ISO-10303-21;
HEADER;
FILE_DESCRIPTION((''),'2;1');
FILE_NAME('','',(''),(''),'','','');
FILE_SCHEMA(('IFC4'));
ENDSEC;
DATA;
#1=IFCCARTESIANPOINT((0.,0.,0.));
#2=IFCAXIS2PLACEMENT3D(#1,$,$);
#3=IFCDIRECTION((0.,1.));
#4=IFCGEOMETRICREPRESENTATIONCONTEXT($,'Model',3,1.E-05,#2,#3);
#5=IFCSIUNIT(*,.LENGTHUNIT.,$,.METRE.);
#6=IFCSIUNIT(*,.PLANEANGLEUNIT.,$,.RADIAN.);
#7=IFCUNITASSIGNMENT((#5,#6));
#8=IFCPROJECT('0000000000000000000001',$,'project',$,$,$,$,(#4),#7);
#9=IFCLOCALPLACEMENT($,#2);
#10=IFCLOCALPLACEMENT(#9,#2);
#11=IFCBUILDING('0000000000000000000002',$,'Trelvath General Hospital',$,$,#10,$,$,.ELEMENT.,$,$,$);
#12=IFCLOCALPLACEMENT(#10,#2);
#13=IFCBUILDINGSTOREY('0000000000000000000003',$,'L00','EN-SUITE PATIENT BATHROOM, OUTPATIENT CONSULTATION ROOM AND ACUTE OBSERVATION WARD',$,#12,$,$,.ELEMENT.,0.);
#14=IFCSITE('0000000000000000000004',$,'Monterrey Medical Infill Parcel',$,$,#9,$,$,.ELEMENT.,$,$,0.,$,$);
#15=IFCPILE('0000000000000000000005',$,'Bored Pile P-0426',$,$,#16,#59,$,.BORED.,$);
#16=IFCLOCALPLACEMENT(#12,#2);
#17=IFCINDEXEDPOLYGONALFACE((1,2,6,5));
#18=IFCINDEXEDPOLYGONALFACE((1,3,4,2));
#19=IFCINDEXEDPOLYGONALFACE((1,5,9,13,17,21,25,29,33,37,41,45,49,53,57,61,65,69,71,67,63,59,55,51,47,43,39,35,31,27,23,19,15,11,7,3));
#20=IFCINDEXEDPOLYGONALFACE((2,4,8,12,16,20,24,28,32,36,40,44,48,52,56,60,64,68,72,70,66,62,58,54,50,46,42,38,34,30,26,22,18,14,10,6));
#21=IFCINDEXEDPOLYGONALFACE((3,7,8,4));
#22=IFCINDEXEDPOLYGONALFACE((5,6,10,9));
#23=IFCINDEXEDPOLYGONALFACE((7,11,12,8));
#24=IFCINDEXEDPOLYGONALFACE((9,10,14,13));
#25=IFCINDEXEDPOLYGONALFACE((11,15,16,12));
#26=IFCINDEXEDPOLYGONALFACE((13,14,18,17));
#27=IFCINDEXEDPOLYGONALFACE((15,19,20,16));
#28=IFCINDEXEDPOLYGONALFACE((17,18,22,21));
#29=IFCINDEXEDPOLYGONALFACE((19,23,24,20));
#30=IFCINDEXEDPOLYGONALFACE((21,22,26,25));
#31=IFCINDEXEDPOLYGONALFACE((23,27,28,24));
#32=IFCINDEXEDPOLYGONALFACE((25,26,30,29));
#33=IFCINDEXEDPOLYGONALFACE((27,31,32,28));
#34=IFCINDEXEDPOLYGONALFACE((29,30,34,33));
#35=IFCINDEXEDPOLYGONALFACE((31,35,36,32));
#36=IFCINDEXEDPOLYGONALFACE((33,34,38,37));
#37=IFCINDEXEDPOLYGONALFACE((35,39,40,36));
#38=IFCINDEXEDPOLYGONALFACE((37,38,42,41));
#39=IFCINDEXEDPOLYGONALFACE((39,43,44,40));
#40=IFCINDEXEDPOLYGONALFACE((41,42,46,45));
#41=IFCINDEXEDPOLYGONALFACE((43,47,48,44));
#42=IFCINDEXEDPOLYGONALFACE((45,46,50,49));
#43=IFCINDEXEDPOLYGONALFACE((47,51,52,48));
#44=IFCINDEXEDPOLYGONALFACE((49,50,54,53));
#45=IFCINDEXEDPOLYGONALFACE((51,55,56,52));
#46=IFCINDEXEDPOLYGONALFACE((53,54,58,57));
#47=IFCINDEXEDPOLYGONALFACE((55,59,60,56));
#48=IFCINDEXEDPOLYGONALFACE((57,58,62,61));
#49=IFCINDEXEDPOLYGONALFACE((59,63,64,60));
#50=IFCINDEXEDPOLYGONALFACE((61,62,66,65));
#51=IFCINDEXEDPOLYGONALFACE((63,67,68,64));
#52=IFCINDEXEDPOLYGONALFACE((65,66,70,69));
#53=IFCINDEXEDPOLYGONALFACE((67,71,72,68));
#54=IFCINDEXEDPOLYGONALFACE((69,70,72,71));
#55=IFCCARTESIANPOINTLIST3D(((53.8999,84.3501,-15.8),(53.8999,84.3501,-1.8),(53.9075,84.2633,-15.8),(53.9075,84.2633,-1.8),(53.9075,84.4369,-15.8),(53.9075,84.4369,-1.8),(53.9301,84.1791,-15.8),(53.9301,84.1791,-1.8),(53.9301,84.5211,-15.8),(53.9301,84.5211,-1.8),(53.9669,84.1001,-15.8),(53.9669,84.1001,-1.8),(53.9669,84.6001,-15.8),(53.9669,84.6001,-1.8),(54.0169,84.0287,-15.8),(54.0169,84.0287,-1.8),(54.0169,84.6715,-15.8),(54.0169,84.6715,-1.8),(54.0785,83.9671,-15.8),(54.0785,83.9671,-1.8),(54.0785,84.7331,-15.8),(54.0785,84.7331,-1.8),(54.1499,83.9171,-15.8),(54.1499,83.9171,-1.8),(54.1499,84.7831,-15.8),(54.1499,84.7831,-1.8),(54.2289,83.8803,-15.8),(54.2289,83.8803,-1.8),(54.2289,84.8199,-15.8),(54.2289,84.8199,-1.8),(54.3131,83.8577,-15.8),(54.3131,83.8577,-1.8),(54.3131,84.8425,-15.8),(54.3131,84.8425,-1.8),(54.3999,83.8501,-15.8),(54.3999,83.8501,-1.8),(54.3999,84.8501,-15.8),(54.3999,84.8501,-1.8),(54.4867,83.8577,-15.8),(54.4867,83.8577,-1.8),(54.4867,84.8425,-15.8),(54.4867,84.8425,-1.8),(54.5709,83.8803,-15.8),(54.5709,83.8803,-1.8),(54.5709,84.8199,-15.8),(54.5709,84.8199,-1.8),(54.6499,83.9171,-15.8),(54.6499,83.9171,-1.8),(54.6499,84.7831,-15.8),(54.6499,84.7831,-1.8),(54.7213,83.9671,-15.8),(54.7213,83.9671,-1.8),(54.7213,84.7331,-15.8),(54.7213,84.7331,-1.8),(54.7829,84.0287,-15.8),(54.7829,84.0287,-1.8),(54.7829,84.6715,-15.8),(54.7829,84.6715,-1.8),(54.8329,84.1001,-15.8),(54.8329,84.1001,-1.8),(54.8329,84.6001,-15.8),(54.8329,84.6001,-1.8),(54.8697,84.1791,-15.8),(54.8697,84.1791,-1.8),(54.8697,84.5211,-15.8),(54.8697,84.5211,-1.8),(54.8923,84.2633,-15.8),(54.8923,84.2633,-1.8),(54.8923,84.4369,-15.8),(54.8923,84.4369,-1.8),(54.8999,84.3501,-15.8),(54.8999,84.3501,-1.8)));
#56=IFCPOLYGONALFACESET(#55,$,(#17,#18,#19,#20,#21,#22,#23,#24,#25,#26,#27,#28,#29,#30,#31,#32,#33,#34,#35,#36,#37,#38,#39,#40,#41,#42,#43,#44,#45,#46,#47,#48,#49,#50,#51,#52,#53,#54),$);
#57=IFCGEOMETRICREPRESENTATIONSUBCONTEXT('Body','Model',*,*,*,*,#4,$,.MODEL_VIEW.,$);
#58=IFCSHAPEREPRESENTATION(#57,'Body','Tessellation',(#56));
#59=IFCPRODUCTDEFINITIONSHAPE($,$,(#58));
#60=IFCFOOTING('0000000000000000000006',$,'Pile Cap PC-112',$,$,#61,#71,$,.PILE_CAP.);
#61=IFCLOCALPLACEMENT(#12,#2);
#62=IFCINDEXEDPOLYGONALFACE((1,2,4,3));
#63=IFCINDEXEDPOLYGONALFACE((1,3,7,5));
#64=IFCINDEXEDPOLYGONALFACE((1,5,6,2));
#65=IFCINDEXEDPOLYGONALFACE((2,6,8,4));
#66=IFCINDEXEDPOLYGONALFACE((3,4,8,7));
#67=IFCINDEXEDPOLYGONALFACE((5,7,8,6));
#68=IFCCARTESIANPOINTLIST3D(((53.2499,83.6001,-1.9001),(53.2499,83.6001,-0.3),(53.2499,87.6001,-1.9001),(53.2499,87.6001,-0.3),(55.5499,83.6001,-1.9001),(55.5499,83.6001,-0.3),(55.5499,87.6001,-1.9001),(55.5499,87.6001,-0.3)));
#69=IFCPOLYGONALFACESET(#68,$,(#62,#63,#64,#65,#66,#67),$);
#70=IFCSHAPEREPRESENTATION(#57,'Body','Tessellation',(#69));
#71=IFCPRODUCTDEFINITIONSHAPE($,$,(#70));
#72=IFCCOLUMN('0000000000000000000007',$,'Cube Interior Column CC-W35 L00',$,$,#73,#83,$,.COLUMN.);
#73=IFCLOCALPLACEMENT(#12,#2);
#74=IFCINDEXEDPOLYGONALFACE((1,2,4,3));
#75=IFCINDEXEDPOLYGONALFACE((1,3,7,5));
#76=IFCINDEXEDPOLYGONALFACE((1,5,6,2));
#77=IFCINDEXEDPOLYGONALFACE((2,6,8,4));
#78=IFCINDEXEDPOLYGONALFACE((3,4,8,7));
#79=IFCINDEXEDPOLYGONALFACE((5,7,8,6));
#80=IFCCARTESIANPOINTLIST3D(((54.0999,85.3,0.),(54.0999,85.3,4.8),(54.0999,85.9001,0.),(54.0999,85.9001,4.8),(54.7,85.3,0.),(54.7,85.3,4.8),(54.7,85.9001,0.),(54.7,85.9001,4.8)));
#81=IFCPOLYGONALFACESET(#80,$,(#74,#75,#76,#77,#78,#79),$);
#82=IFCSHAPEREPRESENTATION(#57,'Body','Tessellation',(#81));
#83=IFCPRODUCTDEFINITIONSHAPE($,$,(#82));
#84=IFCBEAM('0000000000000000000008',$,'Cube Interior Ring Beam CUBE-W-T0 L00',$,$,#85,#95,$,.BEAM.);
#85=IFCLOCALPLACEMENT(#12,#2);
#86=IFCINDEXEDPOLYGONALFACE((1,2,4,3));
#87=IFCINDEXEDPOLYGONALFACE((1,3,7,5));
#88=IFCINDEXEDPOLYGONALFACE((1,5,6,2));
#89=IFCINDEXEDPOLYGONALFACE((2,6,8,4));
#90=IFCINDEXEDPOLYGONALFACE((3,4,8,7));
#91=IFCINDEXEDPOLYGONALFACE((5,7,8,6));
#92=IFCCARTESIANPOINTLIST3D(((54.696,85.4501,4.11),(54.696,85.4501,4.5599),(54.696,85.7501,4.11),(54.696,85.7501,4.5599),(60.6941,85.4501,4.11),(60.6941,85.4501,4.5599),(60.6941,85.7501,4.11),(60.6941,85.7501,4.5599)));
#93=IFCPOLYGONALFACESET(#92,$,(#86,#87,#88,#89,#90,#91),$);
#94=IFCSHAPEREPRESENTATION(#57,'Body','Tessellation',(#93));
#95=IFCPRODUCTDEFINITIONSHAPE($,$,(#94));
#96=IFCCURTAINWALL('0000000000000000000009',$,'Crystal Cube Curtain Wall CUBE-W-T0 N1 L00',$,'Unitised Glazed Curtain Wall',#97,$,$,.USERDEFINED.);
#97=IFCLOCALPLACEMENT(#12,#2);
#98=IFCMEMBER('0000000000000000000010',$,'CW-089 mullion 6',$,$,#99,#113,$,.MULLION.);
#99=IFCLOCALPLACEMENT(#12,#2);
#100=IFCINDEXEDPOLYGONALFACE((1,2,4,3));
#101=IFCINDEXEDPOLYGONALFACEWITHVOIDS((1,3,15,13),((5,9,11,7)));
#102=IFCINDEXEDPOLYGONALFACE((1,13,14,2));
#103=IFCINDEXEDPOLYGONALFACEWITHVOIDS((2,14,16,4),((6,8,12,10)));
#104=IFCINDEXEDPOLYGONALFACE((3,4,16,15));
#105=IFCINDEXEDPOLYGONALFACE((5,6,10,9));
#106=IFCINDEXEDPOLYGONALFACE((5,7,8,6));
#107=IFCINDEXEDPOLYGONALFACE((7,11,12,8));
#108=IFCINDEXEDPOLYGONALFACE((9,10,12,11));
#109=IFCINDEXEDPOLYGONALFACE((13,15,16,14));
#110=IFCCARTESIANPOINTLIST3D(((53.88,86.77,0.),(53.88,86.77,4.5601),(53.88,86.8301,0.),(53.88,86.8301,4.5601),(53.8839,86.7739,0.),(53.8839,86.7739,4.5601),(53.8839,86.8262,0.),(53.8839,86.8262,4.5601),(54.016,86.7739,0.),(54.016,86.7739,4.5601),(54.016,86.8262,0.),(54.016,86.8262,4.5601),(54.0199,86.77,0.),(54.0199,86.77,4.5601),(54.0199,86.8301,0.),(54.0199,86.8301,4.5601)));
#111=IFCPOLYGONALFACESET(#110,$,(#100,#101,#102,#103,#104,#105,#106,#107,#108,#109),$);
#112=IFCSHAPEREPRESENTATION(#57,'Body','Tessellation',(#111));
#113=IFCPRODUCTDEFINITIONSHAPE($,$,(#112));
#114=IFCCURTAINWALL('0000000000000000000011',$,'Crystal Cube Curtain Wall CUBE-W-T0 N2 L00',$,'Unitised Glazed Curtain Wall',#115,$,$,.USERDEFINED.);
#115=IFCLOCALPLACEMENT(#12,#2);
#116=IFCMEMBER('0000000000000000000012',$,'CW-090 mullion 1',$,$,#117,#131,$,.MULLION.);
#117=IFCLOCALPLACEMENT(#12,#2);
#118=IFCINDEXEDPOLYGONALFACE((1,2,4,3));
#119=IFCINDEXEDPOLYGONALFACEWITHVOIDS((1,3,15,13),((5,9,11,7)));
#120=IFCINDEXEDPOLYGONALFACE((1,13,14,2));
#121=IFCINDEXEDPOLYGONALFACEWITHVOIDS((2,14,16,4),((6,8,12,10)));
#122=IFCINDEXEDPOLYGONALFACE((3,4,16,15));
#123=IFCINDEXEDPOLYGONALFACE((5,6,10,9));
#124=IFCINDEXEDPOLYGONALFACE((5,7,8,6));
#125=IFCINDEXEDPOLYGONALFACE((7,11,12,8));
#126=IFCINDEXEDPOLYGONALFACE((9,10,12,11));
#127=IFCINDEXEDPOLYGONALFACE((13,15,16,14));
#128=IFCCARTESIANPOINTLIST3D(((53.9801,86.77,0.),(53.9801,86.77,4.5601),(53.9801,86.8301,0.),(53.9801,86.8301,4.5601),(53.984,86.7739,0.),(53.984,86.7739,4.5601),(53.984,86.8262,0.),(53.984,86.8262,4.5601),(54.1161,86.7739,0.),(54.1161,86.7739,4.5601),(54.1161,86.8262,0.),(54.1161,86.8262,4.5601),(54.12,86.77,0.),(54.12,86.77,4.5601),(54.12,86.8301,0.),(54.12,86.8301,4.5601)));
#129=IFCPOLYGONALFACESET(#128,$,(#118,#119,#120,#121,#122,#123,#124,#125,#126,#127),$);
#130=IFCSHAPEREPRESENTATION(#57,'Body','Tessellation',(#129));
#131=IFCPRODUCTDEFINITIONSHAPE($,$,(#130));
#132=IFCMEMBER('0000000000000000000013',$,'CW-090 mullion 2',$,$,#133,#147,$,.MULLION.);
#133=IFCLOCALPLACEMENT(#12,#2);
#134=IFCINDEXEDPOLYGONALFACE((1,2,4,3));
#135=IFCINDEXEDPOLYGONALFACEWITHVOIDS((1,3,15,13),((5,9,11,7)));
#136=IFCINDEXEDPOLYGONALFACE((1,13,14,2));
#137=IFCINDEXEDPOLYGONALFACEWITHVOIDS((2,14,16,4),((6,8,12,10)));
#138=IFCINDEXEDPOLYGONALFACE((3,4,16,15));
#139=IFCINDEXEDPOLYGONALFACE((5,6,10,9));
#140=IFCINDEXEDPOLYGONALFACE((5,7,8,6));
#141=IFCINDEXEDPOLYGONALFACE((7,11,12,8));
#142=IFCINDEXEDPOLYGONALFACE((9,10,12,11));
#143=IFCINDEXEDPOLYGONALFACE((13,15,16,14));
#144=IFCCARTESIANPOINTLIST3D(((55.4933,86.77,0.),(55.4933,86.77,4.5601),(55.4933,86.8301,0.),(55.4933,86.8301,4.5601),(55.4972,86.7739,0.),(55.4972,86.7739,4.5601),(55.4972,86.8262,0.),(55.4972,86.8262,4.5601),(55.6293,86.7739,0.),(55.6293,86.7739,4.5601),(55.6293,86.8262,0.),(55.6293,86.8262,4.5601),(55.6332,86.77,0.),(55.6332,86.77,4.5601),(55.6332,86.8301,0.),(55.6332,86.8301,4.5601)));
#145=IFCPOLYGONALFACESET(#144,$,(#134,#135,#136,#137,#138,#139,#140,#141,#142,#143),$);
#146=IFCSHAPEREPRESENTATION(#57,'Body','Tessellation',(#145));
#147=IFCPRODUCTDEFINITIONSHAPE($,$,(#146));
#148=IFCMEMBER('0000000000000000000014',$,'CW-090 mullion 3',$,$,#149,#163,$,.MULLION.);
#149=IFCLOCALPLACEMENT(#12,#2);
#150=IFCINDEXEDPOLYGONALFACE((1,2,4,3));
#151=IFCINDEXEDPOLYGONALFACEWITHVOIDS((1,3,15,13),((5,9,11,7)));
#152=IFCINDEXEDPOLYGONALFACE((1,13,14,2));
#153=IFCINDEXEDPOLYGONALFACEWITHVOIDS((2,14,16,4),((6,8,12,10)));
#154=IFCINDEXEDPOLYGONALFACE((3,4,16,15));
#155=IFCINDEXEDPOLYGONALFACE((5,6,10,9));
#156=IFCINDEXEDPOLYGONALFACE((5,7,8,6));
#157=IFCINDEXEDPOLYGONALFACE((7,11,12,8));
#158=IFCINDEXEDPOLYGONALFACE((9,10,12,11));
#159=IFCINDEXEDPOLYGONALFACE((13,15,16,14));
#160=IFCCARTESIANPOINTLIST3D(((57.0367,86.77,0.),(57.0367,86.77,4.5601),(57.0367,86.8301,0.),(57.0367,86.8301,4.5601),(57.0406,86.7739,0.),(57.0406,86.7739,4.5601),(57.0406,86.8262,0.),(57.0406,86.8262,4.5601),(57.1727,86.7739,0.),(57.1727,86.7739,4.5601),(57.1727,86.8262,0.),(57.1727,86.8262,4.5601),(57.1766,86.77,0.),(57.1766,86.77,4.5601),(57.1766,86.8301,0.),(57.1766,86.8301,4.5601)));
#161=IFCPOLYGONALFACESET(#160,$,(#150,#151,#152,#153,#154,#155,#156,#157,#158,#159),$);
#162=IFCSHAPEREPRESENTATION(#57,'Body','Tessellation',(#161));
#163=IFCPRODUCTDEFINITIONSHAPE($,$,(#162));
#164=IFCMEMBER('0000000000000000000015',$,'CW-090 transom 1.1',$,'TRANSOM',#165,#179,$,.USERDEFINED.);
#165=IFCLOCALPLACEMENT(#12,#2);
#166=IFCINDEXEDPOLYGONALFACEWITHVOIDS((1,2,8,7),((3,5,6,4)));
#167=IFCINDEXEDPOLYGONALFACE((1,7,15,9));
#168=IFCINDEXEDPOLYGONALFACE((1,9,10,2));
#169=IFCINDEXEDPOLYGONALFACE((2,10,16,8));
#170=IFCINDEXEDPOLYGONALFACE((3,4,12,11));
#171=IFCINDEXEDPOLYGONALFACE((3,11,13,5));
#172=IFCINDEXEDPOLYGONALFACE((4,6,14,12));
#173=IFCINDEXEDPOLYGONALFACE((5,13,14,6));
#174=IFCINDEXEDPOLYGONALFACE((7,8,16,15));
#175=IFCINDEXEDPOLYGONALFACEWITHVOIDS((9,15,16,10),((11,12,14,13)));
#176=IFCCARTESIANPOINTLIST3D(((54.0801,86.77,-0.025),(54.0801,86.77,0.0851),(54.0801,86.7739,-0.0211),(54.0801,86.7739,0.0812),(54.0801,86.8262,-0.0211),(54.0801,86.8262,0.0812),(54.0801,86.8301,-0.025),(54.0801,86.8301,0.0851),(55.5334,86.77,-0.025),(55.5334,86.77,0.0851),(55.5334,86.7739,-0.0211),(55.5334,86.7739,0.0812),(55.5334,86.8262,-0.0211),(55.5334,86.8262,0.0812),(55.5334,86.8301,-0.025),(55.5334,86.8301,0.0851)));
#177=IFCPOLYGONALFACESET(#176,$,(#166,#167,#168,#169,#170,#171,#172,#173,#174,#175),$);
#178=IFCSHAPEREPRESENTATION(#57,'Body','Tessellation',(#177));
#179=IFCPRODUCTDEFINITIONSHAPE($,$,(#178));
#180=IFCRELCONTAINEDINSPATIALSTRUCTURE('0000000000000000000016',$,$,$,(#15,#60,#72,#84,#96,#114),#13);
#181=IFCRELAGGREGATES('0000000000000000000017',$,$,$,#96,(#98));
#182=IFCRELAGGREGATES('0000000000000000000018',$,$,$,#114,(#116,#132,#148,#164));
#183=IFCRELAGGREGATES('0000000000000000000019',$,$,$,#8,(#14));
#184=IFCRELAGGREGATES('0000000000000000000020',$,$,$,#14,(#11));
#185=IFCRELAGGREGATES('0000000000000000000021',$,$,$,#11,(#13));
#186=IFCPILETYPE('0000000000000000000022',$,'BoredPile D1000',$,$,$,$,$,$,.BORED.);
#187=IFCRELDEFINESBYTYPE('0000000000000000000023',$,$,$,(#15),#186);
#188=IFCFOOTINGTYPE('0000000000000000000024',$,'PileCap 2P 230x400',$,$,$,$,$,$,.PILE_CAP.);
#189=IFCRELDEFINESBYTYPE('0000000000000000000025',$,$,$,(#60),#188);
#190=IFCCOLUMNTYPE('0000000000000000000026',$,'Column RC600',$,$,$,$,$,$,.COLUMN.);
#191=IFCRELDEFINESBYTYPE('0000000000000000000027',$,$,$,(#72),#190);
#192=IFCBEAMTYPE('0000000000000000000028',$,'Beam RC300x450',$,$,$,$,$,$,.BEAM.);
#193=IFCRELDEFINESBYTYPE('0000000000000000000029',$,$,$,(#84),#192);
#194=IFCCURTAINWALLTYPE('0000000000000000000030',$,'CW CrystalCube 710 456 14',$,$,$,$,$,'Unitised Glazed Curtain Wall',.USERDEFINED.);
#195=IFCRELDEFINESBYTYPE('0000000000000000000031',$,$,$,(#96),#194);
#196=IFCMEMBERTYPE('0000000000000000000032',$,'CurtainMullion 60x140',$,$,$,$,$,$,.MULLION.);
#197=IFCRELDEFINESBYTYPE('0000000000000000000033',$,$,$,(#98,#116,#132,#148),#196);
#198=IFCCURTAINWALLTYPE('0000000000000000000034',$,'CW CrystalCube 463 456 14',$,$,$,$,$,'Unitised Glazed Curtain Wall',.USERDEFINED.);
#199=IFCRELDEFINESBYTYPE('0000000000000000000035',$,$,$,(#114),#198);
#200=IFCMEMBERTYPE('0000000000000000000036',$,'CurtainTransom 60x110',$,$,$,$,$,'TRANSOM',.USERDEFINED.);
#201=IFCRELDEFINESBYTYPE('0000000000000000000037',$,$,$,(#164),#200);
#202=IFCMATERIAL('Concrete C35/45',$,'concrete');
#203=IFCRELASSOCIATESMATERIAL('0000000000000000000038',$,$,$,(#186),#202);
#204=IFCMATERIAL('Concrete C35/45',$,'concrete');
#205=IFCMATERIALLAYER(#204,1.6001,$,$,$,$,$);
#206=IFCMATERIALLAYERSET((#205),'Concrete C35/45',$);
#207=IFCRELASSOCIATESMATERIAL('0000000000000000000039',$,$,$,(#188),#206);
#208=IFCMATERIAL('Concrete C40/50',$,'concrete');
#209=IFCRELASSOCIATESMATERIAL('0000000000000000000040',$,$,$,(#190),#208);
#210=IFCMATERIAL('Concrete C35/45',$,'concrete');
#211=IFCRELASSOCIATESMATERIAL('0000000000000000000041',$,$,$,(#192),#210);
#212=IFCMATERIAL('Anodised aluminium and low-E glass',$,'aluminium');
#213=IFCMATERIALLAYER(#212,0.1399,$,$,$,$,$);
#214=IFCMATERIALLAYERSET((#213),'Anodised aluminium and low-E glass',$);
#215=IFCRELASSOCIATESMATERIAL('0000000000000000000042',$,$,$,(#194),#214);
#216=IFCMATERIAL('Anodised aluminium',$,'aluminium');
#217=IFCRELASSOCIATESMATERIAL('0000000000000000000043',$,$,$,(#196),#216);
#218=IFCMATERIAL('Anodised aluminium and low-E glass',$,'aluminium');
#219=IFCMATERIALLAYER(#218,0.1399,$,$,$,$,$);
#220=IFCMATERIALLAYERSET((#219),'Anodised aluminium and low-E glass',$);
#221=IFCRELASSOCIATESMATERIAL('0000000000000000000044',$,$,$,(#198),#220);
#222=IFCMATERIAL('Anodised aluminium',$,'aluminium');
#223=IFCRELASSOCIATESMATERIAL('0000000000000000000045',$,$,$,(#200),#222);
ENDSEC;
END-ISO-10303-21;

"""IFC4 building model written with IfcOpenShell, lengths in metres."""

from ifc_helpers import new_model, si_unit, direction, frame, origin, origin_2d, place, context, subcontext, project, spatial, rectangle, hollow_rectangle, circle, extrude, material, layer, layer_set, material_profile, profile_set, type_object, element, aggregate, save


model = new_model("IFC4")

# Units and contexts
model_context = context("Model", 3, precision=1e-05, world=origin(), true_north=direction((0.0, 1.0)))
body_context = subcontext(model_context, "Body", "Model", "MODEL_VIEW")
ifc_project = project(units=[si_unit("LENGTHUNIT", "METRE"), si_unit("PLANEANGLEUNIT", "RADIAN")], contexts=[model_context])

# Site, building, storey
site_placement = place(None, origin())
site = spatial("IfcSite", under=ifc_project, at=site_placement, Name="Monterrey Medical Infill Parcel", CompositionType="ELEMENT", RefElevation=0.0)
building_placement = place(site_placement, origin())
building = spatial("IfcBuilding", under=site, at=building_placement, Name="Trelvath General Hospital", CompositionType="ELEMENT")
storey_placement = place(building_placement, origin())
storey = spatial("IfcBuildingStorey", under=building, at=storey_placement, Name="L00", Description="EN-SUITE PATIENT BATHROOM, OUTPATIENT CONSULTATION ROOM AND ACUTE OBSERVATION WARD", CompositionType="ELEMENT", Elevation=0.0)

# Pile
ifc_material_1 = material(Name="Concrete C35/45", Category="concrete")
ifc_material_profile_1 = material_profile(ifc_material_1, circle(Radius=0.5, at=origin_2d()), Name="PILE1000")
ifc_profile_set_1 = profile_set([ifc_material_profile_1], Name="Concrete C35/45")
pile_type = type_object("IfcPileType", Name="BoredPile D1000", PredefinedType="BORED", material=ifc_profile_set_1)
pile_placement = place(storey_placement, frame((54.3999, 84.3501, -1.8), z_axis=(0.0, 0.0, -1.0), x_axis=(1.0, 0.0, 0.0)))
element("IfcPile", 1, at=pile_placement, inside=storey, type_object=pile_type, Name="Bored Pile P-0426", PredefinedType="BORED", context=body_context, shape_type="SweptSolid", body=[
    extrude(circle(Radius=0.5, at=origin_2d()), origin(), (0.0, 0.0, 1.0), 14.0),
])

# Footing
ifc_material_2 = material(Name="Concrete C35/45", Category="concrete")
ifc_layer_1 = layer(ifc_material_2, 1.6001)
ifc_layer_set_1 = layer_set([ifc_layer_1], Name="Concrete C35/45")
footing_type = type_object("IfcFootingType", Name="PileCap 2P 230x400", PredefinedType="PILE_CAP", material=ifc_layer_set_1)
footing_placement = place(storey_placement, frame((54.3999, 85.6001, -1.9001), z_axis=(0.0, 0.0, 1.0), x_axis=(1.0, 0.0, 0.0)))
element("IfcFooting", 2, at=footing_placement, inside=storey, type_object=footing_type, Name="Pile Cap PC-112", PredefinedType="PILE_CAP", context=body_context, shape_type="SweptSolid", body=[
    extrude(rectangle(XDim=2.3, YDim=4.0, at=origin_2d()), origin(), (0.0, 0.0, 1.0), 1.6001),
])

# Column
ifc_material_3 = material(Name="Concrete C40/50", Category="concrete")
ifc_material_profile_2 = material_profile(ifc_material_3, rectangle(XDim=0.6001, YDim=0.6001, at=origin_2d()), Name="RC600x600")
ifc_profile_set_2 = profile_set([ifc_material_profile_2], Name="Concrete C40/50")
column_type = type_object("IfcColumnType", Name="Column RC600", PredefinedType="COLUMN", material=ifc_profile_set_2)
column_placement = place(storey_placement, frame((54.3999, 85.6001, 0.0), z_axis=(0.0, 0.0, 1.0), x_axis=(1.0, 0.0, 0.0)))
element("IfcColumn", 3, at=column_placement, inside=storey, type_object=column_type, Name="Cube Interior Column CC-W35 L00", PredefinedType="COLUMN", context=body_context, shape_type="SweptSolid", body=[
    extrude(rectangle(XDim=0.6001, YDim=0.6001, at=origin_2d()), origin(), (0.0, 0.0, 1.0), 4.8),
])

# Beam
ifc_material_4 = material(Name="Concrete C35/45", Category="concrete")
ifc_material_profile_3 = material_profile(ifc_material_4, rectangle(XDim=0.3, YDim=0.45, at=origin_2d()), Name="RCB300x450")
ifc_profile_set_3 = profile_set([ifc_material_profile_3], Name="Concrete C35/45")
beam_type = type_object("IfcBeamType", Name="Beam RC300x450", PredefinedType="BEAM", material=ifc_profile_set_3)
beam_placement = place(storey_placement, frame((54.696, 85.6001, 4.335), z_axis=(1.0, 0.0, 0.0), x_axis=(0.0, 1.0, 0.0)))
element("IfcBeam", 4, at=beam_placement, inside=storey, type_object=beam_type, Name="Cube Interior Ring Beam CUBE-W-T0 L00", PredefinedType="BEAM", context=body_context, shape_type="SweptSolid", body=[
    extrude(rectangle(XDim=0.3, YDim=0.45, at=origin_2d()), origin(), (0.0, 0.0, 1.0), 5.998),
])

# Curtain wall, member
ifc_material_5 = material(Name="Anodised aluminium and low-E glass", Category="aluminium")
ifc_layer_2 = layer(ifc_material_5, 0.1399)
ifc_layer_set_2 = layer_set([ifc_layer_2], Name="Anodised aluminium and low-E glass")
curtain_wall_type_1 = type_object("IfcCurtainWallType", Name="CW CrystalCube 710 456 14", ElementType="Unitised Glazed Curtain Wall", PredefinedType="USERDEFINED", material=ifc_layer_set_2)
curtain_wall_1_placement = place(storey_placement, origin())
curtain_wall_1 = element("IfcCurtainWall", 5, at=curtain_wall_1_placement, inside=storey, type_object=curtain_wall_type_1, Name="Crystal Cube Curtain Wall CUBE-W-T0 N1 L00", ObjectType="Unitised Glazed Curtain Wall", PredefinedType="USERDEFINED")
ifc_material_6 = material(Name="Anodised aluminium", Category="aluminium")
ifc_material_profile_4 = material_profile(ifc_material_6, hollow_rectangle(XDim=0.0601, YDim=0.1399, WallThickness=0.0039, at=origin_2d()), Name="RHS60x140x4")
ifc_profile_set_4 = profile_set([ifc_material_profile_4], Name="Anodised aluminium")
member_type_1 = type_object("IfcMemberType", Name="CurtainMullion 60x140", PredefinedType="MULLION", material=ifc_profile_set_4)
member_1_placement = place(storey_placement, frame((53.95, 86.8, 0.0), z_axis=(0.0, 0.0, 1.0), x_axis=(0.0, 1.0, 0.0)))
member_1 = element("IfcMember", 6, at=member_1_placement, type_object=member_type_1, Name="CW-089 mullion 6", PredefinedType="MULLION", context=body_context, shape_type="SweptSolid", body=[
    extrude(hollow_rectangle(XDim=0.0601, YDim=0.1399, WallThickness=0.0039, at=origin_2d()), origin(), (0.0, 0.0, 1.0), 4.5601),
])

# Curtain wall, members
ifc_material_7 = material(Name="Anodised aluminium and low-E glass", Category="aluminium")
ifc_layer_3 = layer(ifc_material_7, 0.1399)
ifc_layer_set_3 = layer_set([ifc_layer_3], Name="Anodised aluminium and low-E glass")
curtain_wall_type_2 = type_object("IfcCurtainWallType", Name="CW CrystalCube 463 456 14", ElementType="Unitised Glazed Curtain Wall", PredefinedType="USERDEFINED", material=ifc_layer_set_3)
curtain_wall_2_placement = place(storey_placement, origin())
curtain_wall_2 = element("IfcCurtainWall", 7, at=curtain_wall_2_placement, inside=storey, type_object=curtain_wall_type_2, Name="Crystal Cube Curtain Wall CUBE-W-T0 N2 L00", ObjectType="Unitised Glazed Curtain Wall", PredefinedType="USERDEFINED")
member_2_placement = place(storey_placement, frame((54.05, 86.8, 0.0), z_axis=(0.0, 0.0, 1.0), x_axis=(0.0, 1.0, 0.0)))
member_2 = element("IfcMember", 8, at=member_2_placement, type_object=member_type_1, Name="CW-090 mullion 1", PredefinedType="MULLION", context=body_context, shape_type="SweptSolid", body=[
    extrude(hollow_rectangle(XDim=0.0601, YDim=0.1399, WallThickness=0.0039, at=origin_2d()), origin(), (0.0, 0.0, 1.0), 4.5601),
])
member_3_placement = place(storey_placement, frame((55.5632, 86.8, 0.0), z_axis=(0.0, 0.0, 1.0), x_axis=(0.0, 1.0, 0.0)))
member_3 = element("IfcMember", 9, at=member_3_placement, type_object=member_type_1, Name="CW-090 mullion 2", PredefinedType="MULLION", context=body_context, shape_type="SweptSolid", body=[
    extrude(hollow_rectangle(XDim=0.0601, YDim=0.1399, WallThickness=0.0039, at=origin_2d()), origin(), (0.0, 0.0, 1.0), 4.5601),
])
member_4_placement = place(storey_placement, frame((57.1067, 86.8, 0.0), z_axis=(0.0, 0.0, 1.0), x_axis=(0.0, 1.0, 0.0)))
member_4 = element("IfcMember", 10, at=member_4_placement, type_object=member_type_1, Name="CW-090 mullion 3", PredefinedType="MULLION", context=body_context, shape_type="SweptSolid", body=[
    extrude(hollow_rectangle(XDim=0.0601, YDim=0.1399, WallThickness=0.0039, at=origin_2d()), origin(), (0.0, 0.0, 1.0), 4.5601),
])
ifc_material_8 = material(Name="Anodised aluminium", Category="aluminium")
ifc_material_profile_5 = material_profile(ifc_material_8, hollow_rectangle(XDim=0.0601, YDim=0.1101, WallThickness=0.0039, at=origin_2d()), Name="RHS60x110x4")
ifc_profile_set_5 = profile_set([ifc_material_profile_5], Name="Anodised aluminium")
member_type_2 = type_object("IfcMemberType", Name="CurtainTransom 60x110", ElementType="TRANSOM", PredefinedType="USERDEFINED", material=ifc_profile_set_5)
member_5_placement = place(storey_placement, frame((54.0801, 86.8, 0.03), z_axis=(1.0, 0.0, 0.0), x_axis=(0.0, 1.0, 0.0)))
member_5 = element("IfcMember", 11, at=member_5_placement, type_object=member_type_2, Name="CW-090 transom 1.1", ObjectType="TRANSOM", PredefinedType="USERDEFINED", context=body_context, shape_type="SweptSolid", body=[
    extrude(hollow_rectangle(XDim=0.0601, YDim=0.1101, WallThickness=0.0039, at=origin_2d()), origin(), (0.0, 0.0, 1.0), 1.4534),
])

aggregate(curtain_wall_1, [member_1])
aggregate(curtain_wall_2, [member_2, member_3, member_4, member_5])

save(model, "model.ifc")
